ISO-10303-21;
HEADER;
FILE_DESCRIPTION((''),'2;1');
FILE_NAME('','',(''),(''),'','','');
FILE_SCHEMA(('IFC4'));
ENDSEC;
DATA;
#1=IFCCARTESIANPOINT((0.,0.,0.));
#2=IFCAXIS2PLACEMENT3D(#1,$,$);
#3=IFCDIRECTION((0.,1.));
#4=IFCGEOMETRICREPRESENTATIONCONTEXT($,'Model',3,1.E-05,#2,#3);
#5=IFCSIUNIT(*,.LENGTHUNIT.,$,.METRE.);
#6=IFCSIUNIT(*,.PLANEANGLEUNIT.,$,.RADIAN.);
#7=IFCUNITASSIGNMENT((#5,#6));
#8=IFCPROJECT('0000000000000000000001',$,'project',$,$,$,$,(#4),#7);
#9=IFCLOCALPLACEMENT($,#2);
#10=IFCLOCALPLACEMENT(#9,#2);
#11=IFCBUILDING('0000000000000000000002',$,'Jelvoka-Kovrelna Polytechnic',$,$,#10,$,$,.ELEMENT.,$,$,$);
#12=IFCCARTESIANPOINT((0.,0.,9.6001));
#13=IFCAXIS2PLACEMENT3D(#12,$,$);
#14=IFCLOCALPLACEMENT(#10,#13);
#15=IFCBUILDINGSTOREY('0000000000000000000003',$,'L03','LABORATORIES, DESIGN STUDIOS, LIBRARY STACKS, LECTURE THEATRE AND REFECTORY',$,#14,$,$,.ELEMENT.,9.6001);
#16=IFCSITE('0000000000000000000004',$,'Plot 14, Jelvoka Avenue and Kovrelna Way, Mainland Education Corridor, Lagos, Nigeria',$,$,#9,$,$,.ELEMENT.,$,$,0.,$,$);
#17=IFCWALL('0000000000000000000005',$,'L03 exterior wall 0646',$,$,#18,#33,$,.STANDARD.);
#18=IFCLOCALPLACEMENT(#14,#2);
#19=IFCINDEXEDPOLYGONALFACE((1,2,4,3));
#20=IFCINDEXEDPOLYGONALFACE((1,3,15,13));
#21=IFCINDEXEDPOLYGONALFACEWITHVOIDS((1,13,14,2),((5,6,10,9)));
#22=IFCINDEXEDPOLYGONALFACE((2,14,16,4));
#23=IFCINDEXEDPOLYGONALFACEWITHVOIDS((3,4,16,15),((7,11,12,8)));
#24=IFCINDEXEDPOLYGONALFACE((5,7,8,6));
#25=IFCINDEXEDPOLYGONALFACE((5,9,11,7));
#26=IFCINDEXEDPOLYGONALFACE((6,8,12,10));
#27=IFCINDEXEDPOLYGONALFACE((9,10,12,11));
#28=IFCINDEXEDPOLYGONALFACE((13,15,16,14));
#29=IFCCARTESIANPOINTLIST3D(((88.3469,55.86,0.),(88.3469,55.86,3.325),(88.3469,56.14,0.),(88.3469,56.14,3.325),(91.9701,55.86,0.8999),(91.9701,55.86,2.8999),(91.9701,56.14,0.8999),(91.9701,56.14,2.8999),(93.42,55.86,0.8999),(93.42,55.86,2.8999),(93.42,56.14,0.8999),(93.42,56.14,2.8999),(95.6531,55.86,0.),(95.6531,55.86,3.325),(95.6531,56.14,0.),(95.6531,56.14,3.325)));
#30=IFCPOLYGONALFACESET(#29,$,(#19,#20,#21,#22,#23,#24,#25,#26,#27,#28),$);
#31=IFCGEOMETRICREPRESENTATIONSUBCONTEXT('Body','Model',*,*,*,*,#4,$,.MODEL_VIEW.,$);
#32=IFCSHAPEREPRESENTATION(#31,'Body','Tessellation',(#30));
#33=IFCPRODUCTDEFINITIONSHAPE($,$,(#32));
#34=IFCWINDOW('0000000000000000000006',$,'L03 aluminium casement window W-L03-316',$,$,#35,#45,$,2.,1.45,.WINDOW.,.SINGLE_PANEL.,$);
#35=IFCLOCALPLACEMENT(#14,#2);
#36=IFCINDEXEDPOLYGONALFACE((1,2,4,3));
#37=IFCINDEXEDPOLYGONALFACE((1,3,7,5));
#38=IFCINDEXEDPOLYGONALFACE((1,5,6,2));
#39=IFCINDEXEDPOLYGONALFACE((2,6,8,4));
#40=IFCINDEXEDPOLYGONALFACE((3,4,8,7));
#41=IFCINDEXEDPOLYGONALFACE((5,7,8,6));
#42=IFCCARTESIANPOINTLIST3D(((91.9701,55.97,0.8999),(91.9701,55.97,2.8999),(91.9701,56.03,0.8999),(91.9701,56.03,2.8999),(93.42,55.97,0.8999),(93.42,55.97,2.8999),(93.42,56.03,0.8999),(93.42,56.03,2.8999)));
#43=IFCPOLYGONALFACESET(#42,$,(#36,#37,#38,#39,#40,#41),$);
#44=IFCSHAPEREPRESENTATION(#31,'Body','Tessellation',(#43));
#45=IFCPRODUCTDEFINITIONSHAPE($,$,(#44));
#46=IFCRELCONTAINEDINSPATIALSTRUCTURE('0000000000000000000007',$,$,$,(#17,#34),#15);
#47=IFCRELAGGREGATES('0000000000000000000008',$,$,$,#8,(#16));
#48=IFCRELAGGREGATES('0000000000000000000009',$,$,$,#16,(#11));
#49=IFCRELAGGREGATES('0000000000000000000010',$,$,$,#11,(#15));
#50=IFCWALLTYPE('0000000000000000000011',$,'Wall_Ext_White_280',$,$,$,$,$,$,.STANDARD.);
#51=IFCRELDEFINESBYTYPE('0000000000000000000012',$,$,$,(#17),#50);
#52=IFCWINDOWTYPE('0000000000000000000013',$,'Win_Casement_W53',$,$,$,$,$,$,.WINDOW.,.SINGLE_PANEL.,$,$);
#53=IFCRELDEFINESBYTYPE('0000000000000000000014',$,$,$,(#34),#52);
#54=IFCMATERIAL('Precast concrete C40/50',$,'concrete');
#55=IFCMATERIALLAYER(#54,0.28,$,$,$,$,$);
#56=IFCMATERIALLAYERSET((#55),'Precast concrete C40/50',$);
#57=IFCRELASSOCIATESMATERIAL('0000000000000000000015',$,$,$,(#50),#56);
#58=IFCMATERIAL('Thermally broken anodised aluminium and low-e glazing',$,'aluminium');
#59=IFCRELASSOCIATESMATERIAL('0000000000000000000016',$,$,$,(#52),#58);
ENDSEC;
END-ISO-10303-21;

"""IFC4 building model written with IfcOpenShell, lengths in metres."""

from ifc_helpers import new_model, si_unit, direction, frame, frame_2d, origin, place, context, subcontext, project, spatial, rectangle, extrude, material, layer, layer_set, type_object, element, fill, save


model = new_model("IFC4")

# Units and contexts
model_context = context("Model", 3, precision=1e-05, world=origin(), true_north=direction((0.0, 1.0)))
body_context = subcontext(model_context, "Body", "Model", "MODEL_VIEW")
ifc_project = project(units=[si_unit("LENGTHUNIT", "METRE"), si_unit("PLANEANGLEUNIT", "RADIAN")], contexts=[model_context])

# Site, building, storey
site_placement = place(None, origin())
site = spatial("IfcSite", under=ifc_project, at=site_placement, Name="Plot 14, Jelvoka Avenue and Kovrelna Way, Mainland Education Corridor, Lagos, Nigeria", CompositionType="ELEMENT", RefElevation=0.0)
building_placement = place(site_placement, origin())
building = spatial("IfcBuilding", under=site, at=building_placement, Name="Jelvoka-Kovrelna Polytechnic", CompositionType="ELEMENT")
storey_placement = place(building_placement, frame((0.0, 0.0, 9.6001)))
storey = spatial("IfcBuildingStorey", under=building, at=storey_placement, Name="L03", Description="LABORATORIES, DESIGN STUDIOS, LIBRARY STACKS, LECTURE THEATRE AND REFECTORY", CompositionType="ELEMENT", Elevation=9.6001)

# Wall, opening, window
ifc_material_1 = material(Name="Precast concrete C40/50", Category="concrete")
ifc_layer_1 = layer(ifc_material_1, 0.28)
ifc_layer_set_1 = layer_set([ifc_layer_1], Name="Precast concrete C40/50")
wall_type_1 = type_object("IfcWallType", Name="Wall_Ext_White_280", PredefinedType="STANDARD", material=ifc_layer_set_1)
wall_1_placement = place(storey_placement, frame((95.6531, 56.0, 0.0), z_axis=(0.0, 0.0, 1.0), x_axis=(-1.0, 0.0, 0.0)))
wall_1 = element("IfcWall", 1, at=wall_1_placement, inside=storey, type_object=wall_type_1, Name="L03 exterior wall 0646", PredefinedType="STANDARD", context=body_context, shape_type="SweptSolid", body=[
    extrude(rectangle(XDim=7.3062, YDim=0.28, at=frame_2d((3.6531, 0.0))), origin(), (0.0, 0.0, 1.0), 3.325),
])
opening_1_placement = place(wall_1_placement, frame((2.2329, 0.0, 0.8999)))
opening_1 = element("IfcOpeningElement", 2, at=opening_1_placement, cuts=wall_1, PredefinedType="OPENING", context=body_context, shape_type="SweptSolid", body=[
    extrude(rectangle(XDim=1.45, YDim=2.0, at=frame_2d((0.7251, 1.0))), frame((0.0, 0.1501, 0.0), z_axis=(0.0, -1.0, 0.0), x_axis=(1.0, 0.0, 0.0)), (0.0, 0.0, 1.0), 0.3),
])
ifc_material_2 = material(Name="Thermally broken anodised aluminium and low-e glazing", Category="aluminium")
window_type = type_object("IfcWindowType", Name="Win_Casement_W53", PartitioningType="SINGLE_PANEL", PredefinedType="WINDOW", material=ifc_material_2)
window_placement = place(opening_1_placement, origin())
window = element("IfcWindow", 3, at=window_placement, inside=storey, type_object=window_type, Name="L03 aluminium casement window W-L03-316", OverallHeight=2.0, OverallWidth=1.45, PartitioningType="SINGLE_PANEL", PredefinedType="WINDOW", context=body_context, shape_type="SweptSolid", body=[
    extrude(rectangle(XDim=1.45, YDim=2.0, at=frame_2d((0.7251, 1.0))), frame((0.0, 0.03, 0.0), z_axis=(0.0, -1.0, 0.0), x_axis=(1.0, 0.0, 0.0)), (0.0, 0.0, 1.0), 0.0601),
])
fill(opening_1, window)

save(model, "model.ifc")
